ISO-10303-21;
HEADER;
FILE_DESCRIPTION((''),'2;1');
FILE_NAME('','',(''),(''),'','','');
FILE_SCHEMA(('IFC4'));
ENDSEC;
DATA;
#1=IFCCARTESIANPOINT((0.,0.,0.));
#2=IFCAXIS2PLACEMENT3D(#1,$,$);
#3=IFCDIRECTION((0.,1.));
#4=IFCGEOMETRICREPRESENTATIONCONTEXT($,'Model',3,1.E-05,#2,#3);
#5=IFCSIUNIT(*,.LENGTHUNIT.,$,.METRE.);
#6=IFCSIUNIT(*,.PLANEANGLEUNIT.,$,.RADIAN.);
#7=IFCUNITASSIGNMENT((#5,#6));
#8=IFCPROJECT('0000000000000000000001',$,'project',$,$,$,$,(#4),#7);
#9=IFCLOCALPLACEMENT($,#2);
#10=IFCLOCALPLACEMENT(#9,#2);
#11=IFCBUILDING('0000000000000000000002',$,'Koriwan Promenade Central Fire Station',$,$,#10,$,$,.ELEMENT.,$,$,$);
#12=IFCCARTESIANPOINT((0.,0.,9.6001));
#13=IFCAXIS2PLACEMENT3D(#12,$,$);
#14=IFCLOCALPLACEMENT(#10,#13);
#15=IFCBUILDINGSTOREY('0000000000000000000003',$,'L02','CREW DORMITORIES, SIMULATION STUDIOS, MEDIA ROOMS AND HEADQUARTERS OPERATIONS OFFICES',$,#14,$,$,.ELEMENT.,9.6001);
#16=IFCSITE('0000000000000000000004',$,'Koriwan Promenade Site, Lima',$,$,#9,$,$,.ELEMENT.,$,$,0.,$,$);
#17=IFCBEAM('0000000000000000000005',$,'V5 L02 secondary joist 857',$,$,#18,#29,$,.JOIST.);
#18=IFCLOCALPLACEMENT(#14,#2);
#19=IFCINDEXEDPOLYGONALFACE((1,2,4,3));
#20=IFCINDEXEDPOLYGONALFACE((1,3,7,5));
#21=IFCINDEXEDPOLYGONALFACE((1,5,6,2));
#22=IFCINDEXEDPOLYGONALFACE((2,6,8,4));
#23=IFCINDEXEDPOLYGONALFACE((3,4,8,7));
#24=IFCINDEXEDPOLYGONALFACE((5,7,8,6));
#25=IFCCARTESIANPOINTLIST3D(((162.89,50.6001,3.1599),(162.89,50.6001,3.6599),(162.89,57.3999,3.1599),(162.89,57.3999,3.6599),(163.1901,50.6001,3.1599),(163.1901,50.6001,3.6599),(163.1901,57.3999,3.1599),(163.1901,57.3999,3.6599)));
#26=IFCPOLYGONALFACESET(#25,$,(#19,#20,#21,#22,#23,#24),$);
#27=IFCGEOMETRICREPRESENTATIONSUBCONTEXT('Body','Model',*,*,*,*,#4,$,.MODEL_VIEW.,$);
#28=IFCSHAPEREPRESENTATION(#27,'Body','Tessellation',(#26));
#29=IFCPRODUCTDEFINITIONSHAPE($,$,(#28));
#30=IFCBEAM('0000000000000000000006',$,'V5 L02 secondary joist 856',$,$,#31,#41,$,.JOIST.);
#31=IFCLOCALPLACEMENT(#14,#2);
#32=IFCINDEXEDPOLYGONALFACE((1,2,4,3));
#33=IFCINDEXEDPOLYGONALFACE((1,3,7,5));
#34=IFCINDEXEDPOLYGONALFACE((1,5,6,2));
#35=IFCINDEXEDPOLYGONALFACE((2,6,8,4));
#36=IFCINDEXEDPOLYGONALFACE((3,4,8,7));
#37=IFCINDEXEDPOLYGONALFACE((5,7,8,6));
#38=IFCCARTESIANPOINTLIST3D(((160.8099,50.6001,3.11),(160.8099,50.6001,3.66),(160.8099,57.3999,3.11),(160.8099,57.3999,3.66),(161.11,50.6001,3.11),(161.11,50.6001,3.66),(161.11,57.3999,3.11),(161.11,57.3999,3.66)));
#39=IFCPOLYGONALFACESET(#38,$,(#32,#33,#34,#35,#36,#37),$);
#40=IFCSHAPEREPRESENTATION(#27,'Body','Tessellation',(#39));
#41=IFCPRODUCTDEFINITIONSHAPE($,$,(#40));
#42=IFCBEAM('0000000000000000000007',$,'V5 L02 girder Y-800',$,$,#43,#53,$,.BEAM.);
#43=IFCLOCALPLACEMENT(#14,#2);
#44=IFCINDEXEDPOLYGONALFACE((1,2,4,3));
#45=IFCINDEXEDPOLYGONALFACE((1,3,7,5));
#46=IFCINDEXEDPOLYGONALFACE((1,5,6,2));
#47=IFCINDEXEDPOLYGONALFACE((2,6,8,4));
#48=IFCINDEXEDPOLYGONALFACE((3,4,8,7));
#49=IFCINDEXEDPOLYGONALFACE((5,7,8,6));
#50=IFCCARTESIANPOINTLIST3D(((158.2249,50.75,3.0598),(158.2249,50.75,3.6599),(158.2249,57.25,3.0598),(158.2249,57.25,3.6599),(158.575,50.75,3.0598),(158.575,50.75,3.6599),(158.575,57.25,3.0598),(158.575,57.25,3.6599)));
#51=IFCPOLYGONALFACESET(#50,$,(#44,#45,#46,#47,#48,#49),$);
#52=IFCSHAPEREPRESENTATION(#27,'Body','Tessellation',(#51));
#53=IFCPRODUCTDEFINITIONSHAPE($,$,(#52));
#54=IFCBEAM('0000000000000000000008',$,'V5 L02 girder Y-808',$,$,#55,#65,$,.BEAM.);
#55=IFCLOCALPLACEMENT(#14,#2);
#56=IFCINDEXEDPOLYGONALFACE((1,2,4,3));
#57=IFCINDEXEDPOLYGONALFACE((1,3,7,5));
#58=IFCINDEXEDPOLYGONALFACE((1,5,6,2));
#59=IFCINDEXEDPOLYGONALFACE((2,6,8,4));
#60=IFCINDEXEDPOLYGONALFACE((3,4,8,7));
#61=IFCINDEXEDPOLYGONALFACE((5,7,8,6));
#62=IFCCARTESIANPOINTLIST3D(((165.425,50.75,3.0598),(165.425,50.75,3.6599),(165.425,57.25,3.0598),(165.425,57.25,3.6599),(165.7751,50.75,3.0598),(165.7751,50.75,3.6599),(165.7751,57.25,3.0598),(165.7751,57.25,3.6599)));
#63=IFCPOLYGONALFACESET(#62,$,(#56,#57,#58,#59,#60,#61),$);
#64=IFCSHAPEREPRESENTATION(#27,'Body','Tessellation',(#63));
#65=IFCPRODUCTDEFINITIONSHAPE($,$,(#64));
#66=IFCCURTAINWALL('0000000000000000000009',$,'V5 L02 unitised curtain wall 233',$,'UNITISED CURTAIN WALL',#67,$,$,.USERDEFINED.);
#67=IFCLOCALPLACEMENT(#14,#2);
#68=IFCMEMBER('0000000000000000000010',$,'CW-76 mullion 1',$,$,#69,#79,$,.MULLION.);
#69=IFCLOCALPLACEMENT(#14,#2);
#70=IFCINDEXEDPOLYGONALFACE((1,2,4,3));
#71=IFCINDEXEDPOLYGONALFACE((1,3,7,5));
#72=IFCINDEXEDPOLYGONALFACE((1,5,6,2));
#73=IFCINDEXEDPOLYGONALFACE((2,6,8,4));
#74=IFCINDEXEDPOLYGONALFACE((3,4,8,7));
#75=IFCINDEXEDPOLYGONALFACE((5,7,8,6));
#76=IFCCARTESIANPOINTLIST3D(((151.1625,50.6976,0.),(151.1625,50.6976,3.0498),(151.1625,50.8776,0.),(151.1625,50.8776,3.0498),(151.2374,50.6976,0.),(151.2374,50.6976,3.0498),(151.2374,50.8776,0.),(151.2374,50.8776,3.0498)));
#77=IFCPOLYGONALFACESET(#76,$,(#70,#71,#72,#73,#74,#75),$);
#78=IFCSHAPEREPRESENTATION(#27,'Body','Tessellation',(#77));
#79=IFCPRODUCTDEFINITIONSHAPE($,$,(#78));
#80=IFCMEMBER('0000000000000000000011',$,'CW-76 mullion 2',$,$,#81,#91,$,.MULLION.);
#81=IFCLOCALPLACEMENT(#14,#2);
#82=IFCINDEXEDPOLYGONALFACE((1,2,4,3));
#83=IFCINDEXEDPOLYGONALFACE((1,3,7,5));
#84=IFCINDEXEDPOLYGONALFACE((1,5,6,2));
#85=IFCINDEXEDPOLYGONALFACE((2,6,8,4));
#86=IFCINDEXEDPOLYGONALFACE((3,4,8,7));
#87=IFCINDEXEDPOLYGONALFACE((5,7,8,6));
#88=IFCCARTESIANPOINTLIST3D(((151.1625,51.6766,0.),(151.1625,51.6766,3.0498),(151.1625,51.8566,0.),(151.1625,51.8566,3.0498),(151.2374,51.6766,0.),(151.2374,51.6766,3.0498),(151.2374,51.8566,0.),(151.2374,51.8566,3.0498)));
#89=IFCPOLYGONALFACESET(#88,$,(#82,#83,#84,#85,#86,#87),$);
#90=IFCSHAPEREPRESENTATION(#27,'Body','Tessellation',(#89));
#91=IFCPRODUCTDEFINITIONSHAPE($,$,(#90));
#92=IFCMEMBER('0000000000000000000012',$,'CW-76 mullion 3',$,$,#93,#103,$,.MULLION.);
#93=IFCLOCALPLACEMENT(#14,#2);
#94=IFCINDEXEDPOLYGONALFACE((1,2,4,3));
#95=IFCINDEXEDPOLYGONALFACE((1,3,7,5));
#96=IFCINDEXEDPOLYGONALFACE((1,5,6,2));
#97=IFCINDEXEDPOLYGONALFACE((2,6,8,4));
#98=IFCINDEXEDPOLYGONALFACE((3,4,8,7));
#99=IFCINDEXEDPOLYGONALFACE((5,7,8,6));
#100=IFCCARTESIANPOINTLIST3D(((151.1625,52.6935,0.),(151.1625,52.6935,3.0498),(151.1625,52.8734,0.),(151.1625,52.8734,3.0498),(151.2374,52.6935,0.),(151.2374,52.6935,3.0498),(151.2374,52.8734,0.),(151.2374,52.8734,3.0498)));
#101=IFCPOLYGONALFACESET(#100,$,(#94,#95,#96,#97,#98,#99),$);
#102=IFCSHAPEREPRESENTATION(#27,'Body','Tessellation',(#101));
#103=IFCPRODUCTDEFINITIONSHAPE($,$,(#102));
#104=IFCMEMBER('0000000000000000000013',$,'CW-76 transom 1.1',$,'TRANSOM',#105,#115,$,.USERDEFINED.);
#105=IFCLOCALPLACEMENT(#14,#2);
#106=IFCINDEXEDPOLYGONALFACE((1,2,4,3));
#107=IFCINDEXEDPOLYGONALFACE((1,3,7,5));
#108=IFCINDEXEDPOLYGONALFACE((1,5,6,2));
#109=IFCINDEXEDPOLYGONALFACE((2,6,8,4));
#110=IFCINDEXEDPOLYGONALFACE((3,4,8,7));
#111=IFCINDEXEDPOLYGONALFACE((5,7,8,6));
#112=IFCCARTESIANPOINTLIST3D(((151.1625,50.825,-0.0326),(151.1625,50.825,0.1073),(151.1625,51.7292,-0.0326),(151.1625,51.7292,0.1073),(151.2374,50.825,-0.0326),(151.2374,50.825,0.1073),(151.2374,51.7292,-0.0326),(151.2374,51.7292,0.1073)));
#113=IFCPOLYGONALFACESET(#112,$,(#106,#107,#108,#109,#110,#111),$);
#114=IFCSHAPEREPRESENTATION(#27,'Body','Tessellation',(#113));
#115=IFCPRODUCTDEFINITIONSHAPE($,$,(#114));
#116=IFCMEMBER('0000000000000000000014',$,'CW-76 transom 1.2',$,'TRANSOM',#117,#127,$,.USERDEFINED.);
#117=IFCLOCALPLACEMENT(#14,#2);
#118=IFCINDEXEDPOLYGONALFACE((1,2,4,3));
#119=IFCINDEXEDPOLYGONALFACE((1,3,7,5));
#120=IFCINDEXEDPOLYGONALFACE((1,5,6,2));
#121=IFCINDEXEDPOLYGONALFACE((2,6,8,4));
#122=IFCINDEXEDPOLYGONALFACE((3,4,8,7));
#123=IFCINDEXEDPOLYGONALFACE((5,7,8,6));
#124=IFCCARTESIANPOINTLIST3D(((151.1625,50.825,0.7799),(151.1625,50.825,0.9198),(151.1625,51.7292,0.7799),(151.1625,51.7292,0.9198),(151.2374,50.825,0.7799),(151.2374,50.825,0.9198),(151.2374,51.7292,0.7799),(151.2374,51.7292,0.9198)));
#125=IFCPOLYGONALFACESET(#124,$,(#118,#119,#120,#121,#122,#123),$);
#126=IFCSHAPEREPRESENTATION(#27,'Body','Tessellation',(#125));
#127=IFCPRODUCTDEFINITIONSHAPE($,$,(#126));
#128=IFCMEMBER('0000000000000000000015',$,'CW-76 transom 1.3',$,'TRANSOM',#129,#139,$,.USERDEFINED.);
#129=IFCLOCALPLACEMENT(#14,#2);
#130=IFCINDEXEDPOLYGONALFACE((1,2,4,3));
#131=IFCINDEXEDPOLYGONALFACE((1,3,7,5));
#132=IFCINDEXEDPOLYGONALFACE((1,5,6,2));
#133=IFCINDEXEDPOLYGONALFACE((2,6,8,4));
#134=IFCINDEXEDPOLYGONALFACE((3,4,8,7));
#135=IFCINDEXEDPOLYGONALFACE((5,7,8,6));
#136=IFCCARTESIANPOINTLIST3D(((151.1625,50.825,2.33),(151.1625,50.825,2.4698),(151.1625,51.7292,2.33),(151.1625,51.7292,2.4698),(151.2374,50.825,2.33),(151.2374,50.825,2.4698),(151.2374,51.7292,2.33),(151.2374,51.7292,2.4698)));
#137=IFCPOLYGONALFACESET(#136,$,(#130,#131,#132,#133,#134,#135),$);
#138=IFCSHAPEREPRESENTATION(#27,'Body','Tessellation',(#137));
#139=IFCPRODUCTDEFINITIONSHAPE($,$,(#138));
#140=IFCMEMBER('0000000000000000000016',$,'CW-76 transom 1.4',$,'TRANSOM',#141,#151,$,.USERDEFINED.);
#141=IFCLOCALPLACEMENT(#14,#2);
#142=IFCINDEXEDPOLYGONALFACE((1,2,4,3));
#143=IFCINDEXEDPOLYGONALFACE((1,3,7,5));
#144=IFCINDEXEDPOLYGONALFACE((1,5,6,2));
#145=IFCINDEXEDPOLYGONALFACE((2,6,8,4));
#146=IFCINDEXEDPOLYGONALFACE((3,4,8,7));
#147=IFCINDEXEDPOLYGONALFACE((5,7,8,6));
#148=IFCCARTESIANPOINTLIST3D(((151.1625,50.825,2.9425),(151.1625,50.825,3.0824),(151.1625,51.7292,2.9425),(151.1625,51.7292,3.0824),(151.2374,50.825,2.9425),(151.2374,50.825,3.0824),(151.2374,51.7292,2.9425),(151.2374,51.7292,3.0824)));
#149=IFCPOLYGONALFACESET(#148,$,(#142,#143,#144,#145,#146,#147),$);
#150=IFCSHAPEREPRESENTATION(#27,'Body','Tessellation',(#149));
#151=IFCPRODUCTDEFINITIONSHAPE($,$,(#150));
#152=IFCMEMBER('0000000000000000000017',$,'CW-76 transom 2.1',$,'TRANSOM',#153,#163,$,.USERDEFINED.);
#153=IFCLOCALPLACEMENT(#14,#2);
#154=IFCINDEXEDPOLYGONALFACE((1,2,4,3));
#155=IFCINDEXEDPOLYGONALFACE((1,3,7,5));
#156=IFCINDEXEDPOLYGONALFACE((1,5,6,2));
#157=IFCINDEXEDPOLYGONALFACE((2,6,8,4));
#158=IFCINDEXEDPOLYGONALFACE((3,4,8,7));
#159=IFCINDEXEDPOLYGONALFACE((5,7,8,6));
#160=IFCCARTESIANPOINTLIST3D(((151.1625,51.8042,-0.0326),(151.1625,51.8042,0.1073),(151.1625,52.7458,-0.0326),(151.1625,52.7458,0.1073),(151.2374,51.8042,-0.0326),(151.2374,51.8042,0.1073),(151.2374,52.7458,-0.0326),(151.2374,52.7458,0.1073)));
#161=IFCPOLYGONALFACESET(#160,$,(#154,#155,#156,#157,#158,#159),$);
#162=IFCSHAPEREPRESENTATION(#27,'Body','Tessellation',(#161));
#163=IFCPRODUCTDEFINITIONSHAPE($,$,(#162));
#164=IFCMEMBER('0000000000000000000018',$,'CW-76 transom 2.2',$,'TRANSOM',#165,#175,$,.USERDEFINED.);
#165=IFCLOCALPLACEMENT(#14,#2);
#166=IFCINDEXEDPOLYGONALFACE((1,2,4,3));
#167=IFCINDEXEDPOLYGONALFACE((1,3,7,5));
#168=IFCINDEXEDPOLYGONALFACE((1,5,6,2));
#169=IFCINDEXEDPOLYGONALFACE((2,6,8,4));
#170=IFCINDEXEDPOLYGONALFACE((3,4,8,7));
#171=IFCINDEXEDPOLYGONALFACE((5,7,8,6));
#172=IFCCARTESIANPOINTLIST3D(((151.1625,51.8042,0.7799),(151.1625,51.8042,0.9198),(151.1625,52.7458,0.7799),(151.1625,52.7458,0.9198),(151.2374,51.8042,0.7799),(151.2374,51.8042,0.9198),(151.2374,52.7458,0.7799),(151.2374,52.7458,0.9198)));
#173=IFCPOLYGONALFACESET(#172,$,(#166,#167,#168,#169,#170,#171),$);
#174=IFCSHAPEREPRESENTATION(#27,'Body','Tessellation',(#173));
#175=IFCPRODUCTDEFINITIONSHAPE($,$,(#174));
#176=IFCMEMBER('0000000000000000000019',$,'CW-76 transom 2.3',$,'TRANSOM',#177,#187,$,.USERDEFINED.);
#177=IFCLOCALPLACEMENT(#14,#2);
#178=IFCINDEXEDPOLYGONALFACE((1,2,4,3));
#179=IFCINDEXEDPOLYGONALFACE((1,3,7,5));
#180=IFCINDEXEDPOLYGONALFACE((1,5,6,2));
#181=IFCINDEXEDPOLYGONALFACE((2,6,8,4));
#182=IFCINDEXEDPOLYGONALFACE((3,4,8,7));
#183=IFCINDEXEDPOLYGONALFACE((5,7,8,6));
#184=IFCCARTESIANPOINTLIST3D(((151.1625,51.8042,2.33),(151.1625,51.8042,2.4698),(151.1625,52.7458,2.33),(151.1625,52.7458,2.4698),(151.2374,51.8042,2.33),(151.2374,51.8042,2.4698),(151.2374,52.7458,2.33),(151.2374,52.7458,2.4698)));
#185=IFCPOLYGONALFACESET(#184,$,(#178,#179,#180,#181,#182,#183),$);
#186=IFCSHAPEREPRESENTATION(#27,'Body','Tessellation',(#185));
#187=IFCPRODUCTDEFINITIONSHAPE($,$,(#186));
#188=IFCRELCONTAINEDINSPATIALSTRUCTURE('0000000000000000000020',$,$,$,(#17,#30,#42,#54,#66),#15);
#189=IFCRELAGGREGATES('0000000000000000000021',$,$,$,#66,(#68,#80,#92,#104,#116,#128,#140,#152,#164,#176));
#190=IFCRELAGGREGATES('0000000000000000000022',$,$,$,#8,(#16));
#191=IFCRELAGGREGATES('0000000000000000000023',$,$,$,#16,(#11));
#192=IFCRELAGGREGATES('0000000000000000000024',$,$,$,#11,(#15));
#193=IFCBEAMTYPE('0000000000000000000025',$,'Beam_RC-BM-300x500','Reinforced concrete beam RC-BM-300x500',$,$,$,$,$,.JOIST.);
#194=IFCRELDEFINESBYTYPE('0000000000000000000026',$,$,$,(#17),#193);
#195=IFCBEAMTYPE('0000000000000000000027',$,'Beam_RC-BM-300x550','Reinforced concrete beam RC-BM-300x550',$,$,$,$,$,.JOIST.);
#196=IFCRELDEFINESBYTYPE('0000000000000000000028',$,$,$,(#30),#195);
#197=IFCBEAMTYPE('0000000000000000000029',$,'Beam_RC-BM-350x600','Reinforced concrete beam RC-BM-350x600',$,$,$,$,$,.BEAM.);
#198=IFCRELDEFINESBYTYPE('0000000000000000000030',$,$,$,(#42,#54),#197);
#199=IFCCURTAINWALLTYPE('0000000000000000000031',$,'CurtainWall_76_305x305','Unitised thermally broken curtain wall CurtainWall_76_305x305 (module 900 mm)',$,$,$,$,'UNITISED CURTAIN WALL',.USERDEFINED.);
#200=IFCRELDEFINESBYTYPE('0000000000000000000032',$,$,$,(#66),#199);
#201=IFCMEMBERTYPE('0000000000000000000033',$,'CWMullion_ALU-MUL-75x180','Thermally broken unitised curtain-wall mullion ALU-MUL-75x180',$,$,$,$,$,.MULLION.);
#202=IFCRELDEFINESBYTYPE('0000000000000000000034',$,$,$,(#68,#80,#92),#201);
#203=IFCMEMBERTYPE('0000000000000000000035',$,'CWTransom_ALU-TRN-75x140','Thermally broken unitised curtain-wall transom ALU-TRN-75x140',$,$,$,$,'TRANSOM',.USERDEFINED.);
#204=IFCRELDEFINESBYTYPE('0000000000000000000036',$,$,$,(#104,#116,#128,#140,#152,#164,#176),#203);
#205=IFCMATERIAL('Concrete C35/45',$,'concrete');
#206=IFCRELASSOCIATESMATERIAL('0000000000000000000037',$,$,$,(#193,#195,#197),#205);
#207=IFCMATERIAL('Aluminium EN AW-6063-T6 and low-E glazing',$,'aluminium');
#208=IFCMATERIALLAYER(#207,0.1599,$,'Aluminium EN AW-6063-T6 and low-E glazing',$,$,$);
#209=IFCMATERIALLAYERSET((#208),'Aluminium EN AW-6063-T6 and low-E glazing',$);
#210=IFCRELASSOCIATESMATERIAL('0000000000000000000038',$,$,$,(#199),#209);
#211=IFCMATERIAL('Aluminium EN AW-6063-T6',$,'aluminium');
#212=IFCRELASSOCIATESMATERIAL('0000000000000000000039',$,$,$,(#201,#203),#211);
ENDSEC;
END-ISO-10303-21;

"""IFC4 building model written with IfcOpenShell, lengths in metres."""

from ifc_helpers import new_model, si_unit, direction, frame, origin, origin_2d, place, context, subcontext, project, spatial, rectangle, extrude, material, layer, layer_set, material_profile, profile_set, type_object, element, aggregate, save


model = new_model("IFC4")

# Units and contexts
model_context = context("Model", 3, precision=1e-05, world=origin(), true_north=direction((0.0, 1.0)))
body_context = subcontext(model_context, "Body", "Model", "MODEL_VIEW")
ifc_project = project(units=[si_unit("LENGTHUNIT", "METRE"), si_unit("PLANEANGLEUNIT", "RADIAN")], contexts=[model_context])

# Site, building, storey
site_placement = place(None, origin())
site = spatial("IfcSite", under=ifc_project, at=site_placement, Name="Koriwan Promenade Site, Lima", CompositionType="ELEMENT", RefElevation=0.0)
building_placement = place(site_placement, origin())
building = spatial("IfcBuilding", under=site, at=building_placement, Name="Koriwan Promenade Central Fire Station", CompositionType="ELEMENT")
storey_placement = place(building_placement, frame((0.0, 0.0, 9.6001)))
storey = spatial("IfcBuildingStorey", under=building, at=storey_placement, Name="L02", Description="CREW DORMITORIES, SIMULATION STUDIOS, MEDIA ROOMS AND HEADQUARTERS OPERATIONS OFFICES", CompositionType="ELEMENT", Elevation=9.6001)

# Beams
ifc_material_1 = material(Name="Concrete C35/45", Category="concrete")
ifc_material_profile_1 = material_profile(ifc_material_1, rectangle(XDim=0.3, YDim=0.5, at=origin_2d()), Name="RC-BM-300x500")
ifc_profile_set_1 = profile_set([ifc_material_profile_1], Name="Concrete C35/45")
beam_type_1 = type_object("IfcBeamType", Name="Beam_RC-BM-300x500", Description="Reinforced concrete beam RC-BM-300x500", PredefinedType="JOIST", material=ifc_profile_set_1)
beam_1_placement = place(storey_placement, frame((163.04, 50.6001, 3.4099), z_axis=(0.0, 1.0, 0.0), x_axis=(-1.0, 0.0, 0.0)))
element("IfcBeam", 1, at=beam_1_placement, inside=storey, type_object=beam_type_1, Name="V5 L02 secondary joist 857", PredefinedType="JOIST", context=body_context, shape_type="SweptSolid", body=[
    extrude(rectangle(XDim=0.3, YDim=0.5, at=origin_2d()), origin(), (0.0, 0.0, 1.0), 6.7998),
])
ifc_material_profile_2 = material_profile(ifc_material_1, rectangle(XDim=0.3, YDim=0.55, at=origin_2d()), Name="RC-BM-300x550")
ifc_profile_set_2 = profile_set([ifc_material_profile_2], Name="Concrete C35/45")
beam_type_2 = type_object("IfcBeamType", Name="Beam_RC-BM-300x550", Description="Reinforced concrete beam RC-BM-300x550", PredefinedType="JOIST", material=ifc_profile_set_2)
beam_2_placement = place(storey_placement, frame((160.96, 50.6001, 3.385), z_axis=(0.0, 1.0, 0.0), x_axis=(-1.0, 0.0, 0.0)))
element("IfcBeam", 2, at=beam_2_placement, inside=storey, type_object=beam_type_2, Name="V5 L02 secondary joist 856", PredefinedType="JOIST", context=body_context, shape_type="SweptSolid", body=[
    extrude(rectangle(XDim=0.3, YDim=0.55, at=origin_2d()), origin(), (0.0, 0.0, 1.0), 6.7998),
])
ifc_material_profile_3 = material_profile(ifc_material_1, rectangle(XDim=0.3501, YDim=0.6001, at=origin_2d()), Name="RC-BM-350x600")
ifc_profile_set_3 = profile_set([ifc_material_profile_3], Name="Concrete C35/45")
beam_type_3 = type_object("IfcBeamType", Name="Beam_RC-BM-350x600", Description="Reinforced concrete beam RC-BM-350x600", PredefinedType="BEAM", material=ifc_profile_set_3)
for number, where, z_axis, x_axis, name in (
    (3, (158.3999, 50.75, 3.3599), (0.0, 1.0, 0.0), (-1.0, 0.0, 0.0), "V5 L02 girder Y-800"),
    (4, (165.6001, 50.75, 3.3599), (0.0, 1.0, 0.0), (-1.0, 0.0, 0.0), "V5 L02 girder Y-808"),
):
    element("IfcBeam", number, at=place(storey_placement, frame(where, z_axis=z_axis, x_axis=x_axis)), inside=storey, type_object=beam_type_3, Name=name, PredefinedType="BEAM", context=body_context, shape_type="SweptSolid", body=[
        extrude(rectangle(XDim=0.3501, YDim=0.6001, at=origin_2d()), origin(), (0.0, 0.0, 1.0), 6.5),
    ])

# Curtain wall, members
ifc_material_2 = material(Name="Aluminium EN AW-6063-T6 and low-E glazing", Category="aluminium")
ifc_layer_1 = layer(ifc_material_2, 0.1599, Name="Aluminium EN AW-6063-T6 and low-E glazing")
ifc_layer_set_1 = layer_set([ifc_layer_1], Name="Aluminium EN AW-6063-T6 and low-E glazing")
curtain_wall_type = type_object("IfcCurtainWallType", Name="CurtainWall_76_305x305", Description="Unitised thermally broken curtain wall CurtainWall_76_305x305 (module 900 mm)", ElementType="UNITISED CURTAIN WALL", PredefinedType="USERDEFINED", material=ifc_layer_set_1)
curtain_wall_placement = place(storey_placement, origin())
curtain_wall = element("IfcCurtainWall", 5, at=curtain_wall_placement, inside=storey, type_object=curtain_wall_type, Name="V5 L02 unitised curtain wall 233", ObjectType="UNITISED CURTAIN WALL", PredefinedType="USERDEFINED")
ifc_material_3 = material(Name="Aluminium EN AW-6063-T6", Category="aluminium")
ifc_material_profile_4 = material_profile(ifc_material_3, rectangle(XDim=0.075, YDim=0.1799, at=origin_2d()), Name="ALU-MUL-75x180")
ifc_profile_set_4 = profile_set([ifc_material_profile_4], Name="Aluminium EN AW-6063-T6")
member_type_1 = type_object("IfcMemberType", Name="CWMullion_ALU-MUL-75x180", Description="Thermally broken unitised curtain-wall mullion ALU-MUL-75x180", PredefinedType="MULLION", material=ifc_profile_set_4)
member_1_placement = place(storey_placement, frame((151.2, 50.7876, 0.0), z_axis=(0.0, 0.0, 1.0), x_axis=(-1.0, 0.0, 0.0)))
member_1 = element("IfcMember", 6, at=member_1_placement, type_object=member_type_1, Name="CW-76 mullion 1", PredefinedType="MULLION", context=body_context, shape_type="SweptSolid", body=[
    extrude(rectangle(XDim=0.075, YDim=0.1799, at=origin_2d()), origin(), (0.0, 0.0, 1.0), 3.0498),
])
member_2_placement = place(storey_placement, frame((151.2, 51.7666, 0.0), z_axis=(0.0, 0.0, 1.0), x_axis=(-1.0, 0.0, 0.0)))
member_2 = element("IfcMember", 7, at=member_2_placement, type_object=member_type_1, Name="CW-76 mullion 2", PredefinedType="MULLION", context=body_context, shape_type="SweptSolid", body=[
    extrude(rectangle(XDim=0.075, YDim=0.1799, at=origin_2d()), origin(), (0.0, 0.0, 1.0), 3.0498),
])
member_3_placement = place(storey_placement, frame((151.2, 52.7834, 0.0), z_axis=(0.0, 0.0, 1.0), x_axis=(-1.0, 0.0, 0.0)))
member_3 = element("IfcMember", 8, at=member_3_placement, type_object=member_type_1, Name="CW-76 mullion 3", PredefinedType="MULLION", context=body_context, shape_type="SweptSolid", body=[
    extrude(rectangle(XDim=0.075, YDim=0.1799, at=origin_2d()), origin(), (0.0, 0.0, 1.0), 3.0498),
])
ifc_material_profile_5 = material_profile(ifc_material_3, rectangle(XDim=0.075, YDim=0.1399, at=origin_2d()), Name="ALU-TRN-75x140")
ifc_profile_set_5 = profile_set([ifc_material_profile_5], Name="Aluminium EN AW-6063-T6")
member_type_2 = type_object("IfcMemberType", Name="CWTransom_ALU-TRN-75x140", Description="Thermally broken unitised curtain-wall transom ALU-TRN-75x140", ElementType="TRANSOM", PredefinedType="USERDEFINED", material=ifc_profile_set_5)
member_4_placement = place(storey_placement, frame((151.2, 50.825, 0.0374), z_axis=(0.0, 1.0, 0.0), x_axis=(-1.0, 0.0, 0.0)))
member_4 = element("IfcMember", 9, at=member_4_placement, type_object=member_type_2, Name="CW-76 transom 1.1", ObjectType="TRANSOM", PredefinedType="USERDEFINED", context=body_context, shape_type="SweptSolid", body=[
    extrude(rectangle(XDim=0.075, YDim=0.1399, at=origin_2d()), origin(), (0.0, 0.0, 1.0), 0.9043),
])
member_5_placement = place(storey_placement, frame((151.2, 50.825, 0.8499), z_axis=(0.0, 1.0, 0.0), x_axis=(-1.0, 0.0, 0.0)))
member_5 = element("IfcMember", 10, at=member_5_placement, type_object=member_type_2, Name="CW-76 transom 1.2", ObjectType="TRANSOM", PredefinedType="USERDEFINED", context=body_context, shape_type="SweptSolid", body=[
    extrude(rectangle(XDim=0.075, YDim=0.1399, at=origin_2d()), origin(), (0.0, 0.0, 1.0), 0.9043),
])
member_6_placement = place(storey_placement, frame((151.2, 50.825, 2.3999), z_axis=(0.0, 1.0, 0.0), x_axis=(-1.0, 0.0, 0.0)))
member_6 = element("IfcMember", 11, at=member_6_placement, type_object=member_type_2, Name="CW-76 transom 1.3", ObjectType="TRANSOM", PredefinedType="USERDEFINED", context=body_context, shape_type="SweptSolid", body=[
    extrude(rectangle(XDim=0.075, YDim=0.1399, at=origin_2d()), origin(), (0.0, 0.0, 1.0), 0.9043),
])
member_7_placement = place(storey_placement, frame((151.2, 50.825, 3.0125), z_axis=(0.0, 1.0, 0.0), x_axis=(-1.0, 0.0, 0.0)))
member_7 = element("IfcMember", 12, at=member_7_placement, type_object=member_type_2, Name="CW-76 transom 1.4", ObjectType="TRANSOM", PredefinedType="USERDEFINED", context=body_context, shape_type="SweptSolid", body=[
    extrude(rectangle(XDim=0.075, YDim=0.1399, at=origin_2d()), origin(), (0.0, 0.0, 1.0), 0.9043),
])
member_8_placement = place(storey_placement, frame((151.2, 51.8042, 0.0374), z_axis=(0.0, 1.0, 0.0), x_axis=(-1.0, 0.0, 0.0)))
member_8 = element("IfcMember", 13, at=member_8_placement, type_object=member_type_2, Name="CW-76 transom 2.1", ObjectType="TRANSOM", PredefinedType="USERDEFINED", context=body_context, shape_type="SweptSolid", body=[
    extrude(rectangle(XDim=0.075, YDim=0.1399, at=origin_2d()), origin(), (0.0, 0.0, 1.0), 0.9417),
])
member_9_placement = place(storey_placement, frame((151.2, 51.8042, 0.8499), z_axis=(0.0, 1.0, 0.0), x_axis=(-1.0, 0.0, 0.0)))
member_9 = element("IfcMember", 14, at=member_9_placement, type_object=member_type_2, Name="CW-76 transom 2.2", ObjectType="TRANSOM", PredefinedType="USERDEFINED", context=body_context, shape_type="SweptSolid", body=[
    extrude(rectangle(XDim=0.075, YDim=0.1399, at=origin_2d()), origin(), (0.0, 0.0, 1.0), 0.9417),
])
member_10_placement = place(storey_placement, frame((151.2, 51.8042, 2.3999), z_axis=(0.0, 1.0, 0.0), x_axis=(-1.0, 0.0, 0.0)))
member_10 = element("IfcMember", 15, at=member_10_placement, type_object=member_type_2, Name="CW-76 transom 2.3", ObjectType="TRANSOM", PredefinedType="USERDEFINED", context=body_context, shape_type="SweptSolid", body=[
    extrude(rectangle(XDim=0.075, YDim=0.1399, at=origin_2d()), origin(), (0.0, 0.0, 1.0), 0.9417),
])
aggregate(curtain_wall, [member_1, member_2, member_3, member_4, member_5, member_6, member_7, member_8, member_9, member_10])

save(model, "model.ifc")
